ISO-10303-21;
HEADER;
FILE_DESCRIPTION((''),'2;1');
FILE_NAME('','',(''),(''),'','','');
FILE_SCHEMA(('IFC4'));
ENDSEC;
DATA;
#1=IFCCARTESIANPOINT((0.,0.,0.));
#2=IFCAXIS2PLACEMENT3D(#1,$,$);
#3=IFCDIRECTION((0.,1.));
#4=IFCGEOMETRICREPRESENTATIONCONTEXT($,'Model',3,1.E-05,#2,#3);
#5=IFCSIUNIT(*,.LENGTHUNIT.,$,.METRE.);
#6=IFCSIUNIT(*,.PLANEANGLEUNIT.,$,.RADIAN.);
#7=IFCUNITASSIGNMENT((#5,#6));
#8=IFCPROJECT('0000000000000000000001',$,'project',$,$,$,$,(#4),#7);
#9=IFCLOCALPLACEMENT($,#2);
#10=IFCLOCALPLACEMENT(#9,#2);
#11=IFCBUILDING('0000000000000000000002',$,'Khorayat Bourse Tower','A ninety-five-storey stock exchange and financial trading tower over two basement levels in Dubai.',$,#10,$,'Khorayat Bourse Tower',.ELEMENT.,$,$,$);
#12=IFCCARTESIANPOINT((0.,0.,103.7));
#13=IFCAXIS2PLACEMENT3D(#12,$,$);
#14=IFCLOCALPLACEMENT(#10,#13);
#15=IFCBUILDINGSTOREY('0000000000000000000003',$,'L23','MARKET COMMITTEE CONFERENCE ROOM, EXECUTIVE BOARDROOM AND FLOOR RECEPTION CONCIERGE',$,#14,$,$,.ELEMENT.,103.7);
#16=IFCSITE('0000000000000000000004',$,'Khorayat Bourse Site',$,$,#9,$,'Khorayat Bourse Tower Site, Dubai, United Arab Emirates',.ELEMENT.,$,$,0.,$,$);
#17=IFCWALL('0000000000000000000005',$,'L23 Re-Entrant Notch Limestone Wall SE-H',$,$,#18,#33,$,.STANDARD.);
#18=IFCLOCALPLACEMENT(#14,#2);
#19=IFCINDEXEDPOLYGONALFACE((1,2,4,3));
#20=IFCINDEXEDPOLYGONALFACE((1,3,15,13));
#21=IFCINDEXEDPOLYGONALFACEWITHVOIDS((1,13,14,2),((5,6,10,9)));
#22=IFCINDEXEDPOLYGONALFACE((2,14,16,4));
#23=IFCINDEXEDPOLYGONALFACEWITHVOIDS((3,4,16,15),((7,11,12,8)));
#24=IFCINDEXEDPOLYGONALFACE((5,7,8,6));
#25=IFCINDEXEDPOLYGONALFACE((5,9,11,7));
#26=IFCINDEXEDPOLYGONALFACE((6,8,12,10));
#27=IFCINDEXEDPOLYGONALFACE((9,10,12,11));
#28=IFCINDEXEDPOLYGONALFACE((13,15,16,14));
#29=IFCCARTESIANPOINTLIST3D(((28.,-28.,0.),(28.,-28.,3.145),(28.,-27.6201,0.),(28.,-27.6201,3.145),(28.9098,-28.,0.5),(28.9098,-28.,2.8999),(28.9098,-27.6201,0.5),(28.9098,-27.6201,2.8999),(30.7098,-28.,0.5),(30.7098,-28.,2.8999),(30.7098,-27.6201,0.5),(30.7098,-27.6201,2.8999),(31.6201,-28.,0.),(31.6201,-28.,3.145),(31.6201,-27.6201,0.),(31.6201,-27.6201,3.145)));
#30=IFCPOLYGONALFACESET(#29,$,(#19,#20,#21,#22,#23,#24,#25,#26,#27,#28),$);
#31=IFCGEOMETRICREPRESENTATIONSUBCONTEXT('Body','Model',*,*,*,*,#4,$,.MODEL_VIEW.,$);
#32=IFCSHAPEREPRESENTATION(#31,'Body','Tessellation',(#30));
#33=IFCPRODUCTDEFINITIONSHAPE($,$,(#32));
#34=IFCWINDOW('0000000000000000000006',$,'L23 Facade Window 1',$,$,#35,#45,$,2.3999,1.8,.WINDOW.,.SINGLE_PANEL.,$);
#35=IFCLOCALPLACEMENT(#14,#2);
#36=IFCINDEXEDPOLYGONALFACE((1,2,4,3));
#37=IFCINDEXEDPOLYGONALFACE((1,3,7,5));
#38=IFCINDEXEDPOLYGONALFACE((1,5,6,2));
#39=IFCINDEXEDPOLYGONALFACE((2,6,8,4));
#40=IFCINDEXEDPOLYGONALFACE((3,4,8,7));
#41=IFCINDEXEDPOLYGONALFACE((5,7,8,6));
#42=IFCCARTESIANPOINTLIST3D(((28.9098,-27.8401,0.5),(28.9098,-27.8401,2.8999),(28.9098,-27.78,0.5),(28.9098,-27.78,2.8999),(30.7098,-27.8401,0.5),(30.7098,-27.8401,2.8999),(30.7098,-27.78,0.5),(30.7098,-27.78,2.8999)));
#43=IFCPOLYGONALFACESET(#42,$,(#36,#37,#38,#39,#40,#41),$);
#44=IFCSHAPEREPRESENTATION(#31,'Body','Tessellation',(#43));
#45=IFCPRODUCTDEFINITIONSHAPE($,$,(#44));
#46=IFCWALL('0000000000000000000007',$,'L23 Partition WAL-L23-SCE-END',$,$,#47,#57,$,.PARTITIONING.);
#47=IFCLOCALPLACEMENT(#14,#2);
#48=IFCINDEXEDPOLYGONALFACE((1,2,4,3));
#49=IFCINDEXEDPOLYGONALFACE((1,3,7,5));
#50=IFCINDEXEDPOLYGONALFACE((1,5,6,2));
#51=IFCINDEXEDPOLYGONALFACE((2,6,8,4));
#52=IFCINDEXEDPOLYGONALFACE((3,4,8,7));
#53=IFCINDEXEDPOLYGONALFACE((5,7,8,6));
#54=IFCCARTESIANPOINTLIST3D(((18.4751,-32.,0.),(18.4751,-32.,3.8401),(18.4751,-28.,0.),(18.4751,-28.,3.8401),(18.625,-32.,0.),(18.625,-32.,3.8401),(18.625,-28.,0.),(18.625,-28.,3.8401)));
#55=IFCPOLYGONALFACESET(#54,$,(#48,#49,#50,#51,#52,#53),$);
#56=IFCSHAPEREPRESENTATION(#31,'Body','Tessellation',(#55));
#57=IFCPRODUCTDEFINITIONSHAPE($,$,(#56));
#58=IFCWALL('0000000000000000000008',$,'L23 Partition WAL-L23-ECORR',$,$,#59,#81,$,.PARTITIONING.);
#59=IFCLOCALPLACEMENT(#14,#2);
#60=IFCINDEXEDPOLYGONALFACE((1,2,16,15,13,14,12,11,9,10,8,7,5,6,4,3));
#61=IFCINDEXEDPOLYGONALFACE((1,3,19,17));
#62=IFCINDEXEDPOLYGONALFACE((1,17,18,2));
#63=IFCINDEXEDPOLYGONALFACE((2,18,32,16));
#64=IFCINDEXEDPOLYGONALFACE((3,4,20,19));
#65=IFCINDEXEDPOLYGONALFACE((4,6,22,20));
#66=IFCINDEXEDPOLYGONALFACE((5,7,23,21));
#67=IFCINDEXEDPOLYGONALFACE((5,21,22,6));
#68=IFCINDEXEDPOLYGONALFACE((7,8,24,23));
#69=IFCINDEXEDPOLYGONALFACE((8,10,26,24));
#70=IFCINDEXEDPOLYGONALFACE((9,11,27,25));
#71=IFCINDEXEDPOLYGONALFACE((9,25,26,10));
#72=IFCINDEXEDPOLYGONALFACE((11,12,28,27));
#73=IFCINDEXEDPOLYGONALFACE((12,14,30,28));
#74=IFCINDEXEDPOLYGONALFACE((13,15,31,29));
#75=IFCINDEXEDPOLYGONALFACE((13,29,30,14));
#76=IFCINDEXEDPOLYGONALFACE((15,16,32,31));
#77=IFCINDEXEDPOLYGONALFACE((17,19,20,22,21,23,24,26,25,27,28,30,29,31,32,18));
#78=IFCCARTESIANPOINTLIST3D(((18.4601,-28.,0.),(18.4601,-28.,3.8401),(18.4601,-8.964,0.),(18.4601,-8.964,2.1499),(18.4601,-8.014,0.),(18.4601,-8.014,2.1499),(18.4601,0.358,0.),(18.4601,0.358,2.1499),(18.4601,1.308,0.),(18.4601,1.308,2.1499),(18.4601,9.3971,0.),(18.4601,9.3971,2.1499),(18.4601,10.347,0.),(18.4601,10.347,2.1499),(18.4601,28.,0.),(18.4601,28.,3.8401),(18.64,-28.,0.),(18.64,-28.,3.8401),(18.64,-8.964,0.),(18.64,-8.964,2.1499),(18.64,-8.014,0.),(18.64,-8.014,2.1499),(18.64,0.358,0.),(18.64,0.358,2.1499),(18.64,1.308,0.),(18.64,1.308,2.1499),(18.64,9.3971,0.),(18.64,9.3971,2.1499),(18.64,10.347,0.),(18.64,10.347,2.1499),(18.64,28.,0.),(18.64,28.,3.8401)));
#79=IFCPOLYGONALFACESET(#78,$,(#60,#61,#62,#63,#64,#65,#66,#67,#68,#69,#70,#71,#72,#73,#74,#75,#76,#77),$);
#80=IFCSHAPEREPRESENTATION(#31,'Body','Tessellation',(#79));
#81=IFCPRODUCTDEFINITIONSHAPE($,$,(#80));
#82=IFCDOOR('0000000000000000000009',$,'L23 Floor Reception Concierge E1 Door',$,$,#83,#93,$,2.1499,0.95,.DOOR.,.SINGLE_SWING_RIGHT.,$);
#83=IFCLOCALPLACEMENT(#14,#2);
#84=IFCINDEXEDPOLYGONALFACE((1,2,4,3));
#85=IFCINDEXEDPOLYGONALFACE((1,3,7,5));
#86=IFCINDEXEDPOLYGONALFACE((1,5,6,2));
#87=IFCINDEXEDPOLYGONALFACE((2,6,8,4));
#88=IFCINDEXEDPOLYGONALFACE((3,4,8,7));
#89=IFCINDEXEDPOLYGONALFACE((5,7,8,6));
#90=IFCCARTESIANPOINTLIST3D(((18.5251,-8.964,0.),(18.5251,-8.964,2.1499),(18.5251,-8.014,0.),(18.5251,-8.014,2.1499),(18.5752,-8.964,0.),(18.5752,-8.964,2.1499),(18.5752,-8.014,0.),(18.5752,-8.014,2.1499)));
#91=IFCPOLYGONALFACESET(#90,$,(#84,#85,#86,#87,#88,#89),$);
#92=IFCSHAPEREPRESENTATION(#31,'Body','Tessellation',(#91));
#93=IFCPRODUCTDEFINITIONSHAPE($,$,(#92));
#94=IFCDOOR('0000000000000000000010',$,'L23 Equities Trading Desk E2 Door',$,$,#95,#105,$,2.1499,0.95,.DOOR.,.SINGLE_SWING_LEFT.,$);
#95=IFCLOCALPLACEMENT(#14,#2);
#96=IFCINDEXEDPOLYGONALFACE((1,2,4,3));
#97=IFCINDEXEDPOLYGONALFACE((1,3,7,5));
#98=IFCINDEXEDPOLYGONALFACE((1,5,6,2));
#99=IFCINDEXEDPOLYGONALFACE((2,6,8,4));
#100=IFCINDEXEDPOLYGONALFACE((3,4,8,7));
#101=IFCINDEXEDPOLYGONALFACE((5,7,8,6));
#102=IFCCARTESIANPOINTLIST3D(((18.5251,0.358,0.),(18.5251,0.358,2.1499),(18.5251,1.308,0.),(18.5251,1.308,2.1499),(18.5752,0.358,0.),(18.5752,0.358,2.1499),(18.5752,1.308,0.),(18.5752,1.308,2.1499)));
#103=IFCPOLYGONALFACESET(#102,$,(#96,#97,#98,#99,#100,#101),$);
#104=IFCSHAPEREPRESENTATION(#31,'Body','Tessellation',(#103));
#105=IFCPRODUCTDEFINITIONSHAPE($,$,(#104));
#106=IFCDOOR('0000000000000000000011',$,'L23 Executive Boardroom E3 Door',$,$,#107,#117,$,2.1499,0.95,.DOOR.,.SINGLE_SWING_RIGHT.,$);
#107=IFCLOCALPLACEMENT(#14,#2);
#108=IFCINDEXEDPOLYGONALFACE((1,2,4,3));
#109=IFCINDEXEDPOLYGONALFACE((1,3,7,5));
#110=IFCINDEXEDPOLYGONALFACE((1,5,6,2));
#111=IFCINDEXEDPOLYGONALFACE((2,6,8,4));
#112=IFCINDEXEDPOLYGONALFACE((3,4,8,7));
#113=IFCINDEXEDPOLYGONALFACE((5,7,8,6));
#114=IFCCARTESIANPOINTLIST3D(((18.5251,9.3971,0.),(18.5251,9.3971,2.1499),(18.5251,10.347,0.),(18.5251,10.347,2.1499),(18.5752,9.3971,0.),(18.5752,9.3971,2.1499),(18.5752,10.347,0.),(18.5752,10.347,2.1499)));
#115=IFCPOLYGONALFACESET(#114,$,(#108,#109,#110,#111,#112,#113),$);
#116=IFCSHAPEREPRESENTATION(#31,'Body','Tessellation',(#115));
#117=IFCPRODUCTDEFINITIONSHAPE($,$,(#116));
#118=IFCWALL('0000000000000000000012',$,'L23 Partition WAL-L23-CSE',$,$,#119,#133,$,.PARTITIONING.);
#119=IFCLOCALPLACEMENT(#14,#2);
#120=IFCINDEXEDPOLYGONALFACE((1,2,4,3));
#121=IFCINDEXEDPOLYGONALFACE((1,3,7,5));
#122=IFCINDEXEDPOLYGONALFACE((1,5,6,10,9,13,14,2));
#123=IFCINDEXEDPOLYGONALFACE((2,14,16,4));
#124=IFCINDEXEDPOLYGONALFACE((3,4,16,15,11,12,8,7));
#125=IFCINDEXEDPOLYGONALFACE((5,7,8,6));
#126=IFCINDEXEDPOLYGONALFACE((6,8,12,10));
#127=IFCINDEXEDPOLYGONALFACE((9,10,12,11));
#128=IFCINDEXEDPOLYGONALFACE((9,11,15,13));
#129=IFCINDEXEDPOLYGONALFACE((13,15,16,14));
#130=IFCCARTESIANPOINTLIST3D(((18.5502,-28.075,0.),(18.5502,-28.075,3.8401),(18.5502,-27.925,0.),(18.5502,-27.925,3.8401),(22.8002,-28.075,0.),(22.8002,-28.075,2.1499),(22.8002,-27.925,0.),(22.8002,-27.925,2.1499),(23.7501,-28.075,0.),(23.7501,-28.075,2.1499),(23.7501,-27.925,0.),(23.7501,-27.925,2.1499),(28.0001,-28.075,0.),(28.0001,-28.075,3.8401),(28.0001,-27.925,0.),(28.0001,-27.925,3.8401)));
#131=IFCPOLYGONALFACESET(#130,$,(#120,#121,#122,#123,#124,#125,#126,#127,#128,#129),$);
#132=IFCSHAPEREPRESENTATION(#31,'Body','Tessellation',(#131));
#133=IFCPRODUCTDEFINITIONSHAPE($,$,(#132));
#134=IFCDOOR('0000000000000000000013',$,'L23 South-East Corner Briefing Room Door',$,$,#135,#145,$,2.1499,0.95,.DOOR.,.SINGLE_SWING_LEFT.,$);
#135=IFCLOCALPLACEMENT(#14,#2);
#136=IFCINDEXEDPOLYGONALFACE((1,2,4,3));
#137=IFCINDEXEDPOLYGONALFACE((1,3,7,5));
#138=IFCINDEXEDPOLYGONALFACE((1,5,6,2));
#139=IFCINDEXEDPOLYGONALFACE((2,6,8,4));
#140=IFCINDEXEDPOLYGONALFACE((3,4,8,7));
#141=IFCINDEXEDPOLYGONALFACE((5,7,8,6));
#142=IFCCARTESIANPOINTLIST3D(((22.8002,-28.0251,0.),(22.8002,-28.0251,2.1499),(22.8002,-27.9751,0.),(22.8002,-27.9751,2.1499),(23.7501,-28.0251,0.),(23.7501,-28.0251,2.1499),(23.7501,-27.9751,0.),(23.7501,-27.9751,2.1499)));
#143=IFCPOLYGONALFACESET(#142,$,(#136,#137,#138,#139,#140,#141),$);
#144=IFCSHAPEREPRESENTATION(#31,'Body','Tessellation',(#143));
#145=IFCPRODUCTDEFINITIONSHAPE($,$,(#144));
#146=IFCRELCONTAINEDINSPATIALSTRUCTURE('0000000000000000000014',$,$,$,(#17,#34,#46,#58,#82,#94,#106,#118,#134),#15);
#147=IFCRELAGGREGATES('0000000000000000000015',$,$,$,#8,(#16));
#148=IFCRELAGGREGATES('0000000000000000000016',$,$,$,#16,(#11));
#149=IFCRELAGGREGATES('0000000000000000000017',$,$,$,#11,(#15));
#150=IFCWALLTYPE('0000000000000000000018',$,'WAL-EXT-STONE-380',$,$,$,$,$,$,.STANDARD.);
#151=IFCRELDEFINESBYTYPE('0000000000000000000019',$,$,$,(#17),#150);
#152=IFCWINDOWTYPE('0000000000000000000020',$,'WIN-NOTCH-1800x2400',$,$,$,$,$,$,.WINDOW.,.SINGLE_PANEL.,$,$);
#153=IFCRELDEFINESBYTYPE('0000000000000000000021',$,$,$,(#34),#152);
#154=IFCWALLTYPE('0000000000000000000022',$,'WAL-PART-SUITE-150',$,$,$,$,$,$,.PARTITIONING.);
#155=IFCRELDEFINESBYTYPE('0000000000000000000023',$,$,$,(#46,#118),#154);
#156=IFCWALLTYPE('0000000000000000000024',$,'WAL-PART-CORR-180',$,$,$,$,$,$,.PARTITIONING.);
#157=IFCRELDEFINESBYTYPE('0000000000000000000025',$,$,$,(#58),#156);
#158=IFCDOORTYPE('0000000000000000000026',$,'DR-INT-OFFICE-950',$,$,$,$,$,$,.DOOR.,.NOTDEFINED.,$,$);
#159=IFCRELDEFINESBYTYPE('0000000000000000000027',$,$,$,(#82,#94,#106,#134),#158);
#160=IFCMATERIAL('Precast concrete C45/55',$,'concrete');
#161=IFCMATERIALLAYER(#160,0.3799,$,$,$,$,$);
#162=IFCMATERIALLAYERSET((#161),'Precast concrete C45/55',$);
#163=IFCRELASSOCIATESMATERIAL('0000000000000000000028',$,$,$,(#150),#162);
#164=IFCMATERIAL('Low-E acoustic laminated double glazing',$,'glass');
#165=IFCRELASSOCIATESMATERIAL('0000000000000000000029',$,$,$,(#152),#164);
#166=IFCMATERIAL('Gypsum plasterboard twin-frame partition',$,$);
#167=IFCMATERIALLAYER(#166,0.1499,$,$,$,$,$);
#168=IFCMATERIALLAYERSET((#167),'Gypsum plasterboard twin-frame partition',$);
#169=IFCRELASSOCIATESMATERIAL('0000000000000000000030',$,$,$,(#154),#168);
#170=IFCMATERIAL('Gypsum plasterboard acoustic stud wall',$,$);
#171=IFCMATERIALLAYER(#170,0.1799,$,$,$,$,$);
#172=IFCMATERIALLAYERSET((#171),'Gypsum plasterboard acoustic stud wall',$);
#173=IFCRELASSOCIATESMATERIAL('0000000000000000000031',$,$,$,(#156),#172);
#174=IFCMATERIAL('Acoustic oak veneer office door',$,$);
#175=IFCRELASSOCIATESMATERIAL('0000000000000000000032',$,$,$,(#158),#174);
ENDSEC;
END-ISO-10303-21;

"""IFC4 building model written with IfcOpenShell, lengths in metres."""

from ifc_helpers import new_model, si_unit, direction, frame, frame_2d, origin, place, context, subcontext, project, spatial, rectangle, extrude, source, transform, mapped, material, layer, layer_set, type_object, element, fill, save


model = new_model("IFC4")

# Units and contexts
model_context = context("Model", 3, precision=1e-05, world=origin(), true_north=direction((0.0, 1.0)))
body_context = subcontext(model_context, "Body", "Model", "MODEL_VIEW")
ifc_project = project(units=[si_unit("LENGTHUNIT", "METRE"), si_unit("PLANEANGLEUNIT", "RADIAN")], contexts=[model_context])

# Site, building, storey
site_placement = place(None, origin())
site = spatial("IfcSite", under=ifc_project, at=site_placement, Name="Khorayat Bourse Site", LongName="Khorayat Bourse Tower Site, Dubai, United Arab Emirates", CompositionType="ELEMENT", RefElevation=0.0)
building_placement = place(site_placement, origin())
building = spatial("IfcBuilding", under=site, at=building_placement, Name="Khorayat Bourse Tower", Description="A ninety-five-storey stock exchange and financial trading tower over two basement levels in Dubai.", LongName="Khorayat Bourse Tower", CompositionType="ELEMENT")
storey_placement = place(building_placement, frame((0.0, 0.0, 103.7)))
storey = spatial("IfcBuildingStorey", under=building, at=storey_placement, Name="L23", Description="MARKET COMMITTEE CONFERENCE ROOM, EXECUTIVE BOARDROOM AND FLOOR RECEPTION CONCIERGE", CompositionType="ELEMENT", Elevation=103.7)

# Wall, opening, window
ifc_material_1 = material(Name="Precast concrete C45/55", Category="concrete")
ifc_layer_1 = layer(ifc_material_1, 0.3799)
ifc_layer_set_1 = layer_set([ifc_layer_1], Name="Precast concrete C45/55")
wall_type_1 = type_object("IfcWallType", Name="WAL-EXT-STONE-380", PredefinedType="STANDARD", material=ifc_layer_set_1)
shared_shape_1 = source(origin(), body_context, "Body", "SweptSolid", [
    extrude(rectangle(XDim=3.6201, YDim=0.3799, at=frame_2d((1.8101, 0.0))), origin(), (0.0, 0.0, 1.0), 3.145),
])
shared_shape_2 = source(origin(), body_context, "Body", "SweptSolid", [
    extrude(rectangle(XDim=1.8, YDim=2.3999, at=frame_2d((0.8999, 1.2))), frame((0.0, 0.2, 0.0), z_axis=(0.0, -1.0, 0.0), x_axis=(1.0, 0.0, 0.0)), (0.0, 0.0, 1.0), 0.3999),
])
ifc_material_2 = material(Name="Low-E acoustic laminated double glazing", Category="glass")
window_type = type_object("IfcWindowType", Name="WIN-NOTCH-1800x2400", PartitioningType="SINGLE_PANEL", PredefinedType="WINDOW", material=ifc_material_2)
shared_shape_3 = source(origin(), body_context, "Body", "SweptSolid", [
    extrude(rectangle(XDim=1.8, YDim=2.3999, at=frame_2d((0.8999, 1.2))), frame((0.0, 0.03, 0.0), z_axis=(0.0, -1.0, 0.0), x_axis=(1.0, 0.0, 0.0)), (0.0, 0.0, 1.0), 0.0601),
])
wall_1_placement = place(storey_placement, frame((28.0, -27.8101, 0.0), z_axis=(0.0, 0.0, 1.0), x_axis=(1.0, 0.0, 0.0)))
wall_1 = element("IfcWall", 1, at=wall_1_placement, inside=storey, type_object=wall_type_1, Name="L23 Re-Entrant Notch Limestone Wall SE-H", PredefinedType="STANDARD", context=body_context, shape_type="MappedRepresentation", body=[
    mapped(shared_shape_1, transform((0.0, 0.0, 0.0), scale=1.0)),
])
opening_1_placement = place(wall_1_placement, frame((0.9099, 0.0, 0.5)))
opening_1 = element("IfcOpeningElement", 2, at=opening_1_placement, cuts=wall_1, PredefinedType="OPENING", context=body_context, shape_type="MappedRepresentation", body=[
    mapped(shared_shape_2, transform((0.0, 0.0, 0.0), scale=1.0)),
])
window_1_placement = place(opening_1_placement, origin())
window_1 = element("IfcWindow", 3, at=window_1_placement, inside=storey, type_object=window_type, Name="L23 Facade Window 1", OverallHeight=2.3999, OverallWidth=1.8, PartitioningType="SINGLE_PANEL", PredefinedType="WINDOW", context=body_context, shape_type="MappedRepresentation", body=[
    mapped(shared_shape_3, transform((0.0, 0.0, 0.0), scale=1.0)),
])
fill(opening_1, window_1)

# Wall
ifc_material_3 = material(Name="Gypsum plasterboard twin-frame partition")
ifc_layer_2 = layer(ifc_material_3, 0.1499)
ifc_layer_set_2 = layer_set([ifc_layer_2], Name="Gypsum plasterboard twin-frame partition")
wall_type_2 = type_object("IfcWallType", Name="WAL-PART-SUITE-150", PredefinedType="PARTITIONING", material=ifc_layer_set_2)
shared_shape_4 = source(origin(), body_context, "Body", "SweptSolid", [
    extrude(rectangle(XDim=4.0, YDim=0.1499, at=frame_2d((2.0, 0.0))), origin(), (0.0, 0.0, 1.0), 3.8401),
])
wall_2_placement = place(storey_placement, frame((18.55, -32.0, 0.0), z_axis=(0.0, 0.0, 1.0), x_axis=(0.0, 1.0, 0.0)))
element("IfcWall", 4, at=wall_2_placement, inside=storey, type_object=wall_type_2, Name="L23 Partition WAL-L23-SCE-END", PredefinedType="PARTITIONING", context=body_context, shape_type="MappedRepresentation", body=[
    mapped(shared_shape_4, transform((0.0, 0.0, 0.0), scale=1.0)),
])

# Wall, openings, doors
ifc_material_4 = material(Name="Gypsum plasterboard acoustic stud wall")
ifc_layer_3 = layer(ifc_material_4, 0.1799)
ifc_layer_set_3 = layer_set([ifc_layer_3], Name="Gypsum plasterboard acoustic stud wall")
wall_type_3 = type_object("IfcWallType", Name="WAL-PART-CORR-180", PredefinedType="PARTITIONING", material=ifc_layer_set_3)
shared_shape_5 = source(origin(), body_context, "Body", "SweptSolid", [
    extrude(rectangle(XDim=56.0, YDim=0.1799, at=frame_2d((28.0, 0.0))), origin(), (0.0, 0.0, 1.0), 3.8401),
])
wall_3_placement = place(storey_placement, frame((18.55, -28.0, 0.0), z_axis=(0.0, 0.0, 1.0), x_axis=(0.0, 1.0, 0.0)))
wall_3 = element("IfcWall", 5, at=wall_3_placement, inside=storey, type_object=wall_type_3, Name="L23 Partition WAL-L23-ECORR", PredefinedType="PARTITIONING", context=body_context, shape_type="MappedRepresentation", body=[
    mapped(shared_shape_5, transform((0.0, 0.0, 0.0), scale=1.0)),
])
shared_shape_6 = source(origin(), body_context, "Body", "SweptSolid", [
    extrude(rectangle(XDim=0.95, YDim=2.1499, at=frame_2d((0.4751, 1.075))), frame((0.0, 0.0999, 0.0), z_axis=(0.0, -1.0, 0.0), x_axis=(1.0, 0.0, 0.0)), (0.0, 0.0, 1.0), 0.2),
])
opening_2_placement = place(wall_3_placement, frame((19.0359, 0.0, 0.0)))
opening_2 = element("IfcOpeningElement", 6, at=opening_2_placement, cuts=wall_3, PredefinedType="OPENING", context=body_context, shape_type="MappedRepresentation", body=[
    mapped(shared_shape_6, transform((0.0, 0.0, 0.0), scale=1.0)),
])
opening_3_placement = place(wall_3_placement, frame((28.3579, 0.0, 0.0)))
opening_3 = element("IfcOpeningElement", 7, at=opening_3_placement, cuts=wall_3, PredefinedType="OPENING", context=body_context, shape_type="MappedRepresentation", body=[
    mapped(shared_shape_6, transform((0.0, 0.0, 0.0), scale=1.0)),
])
opening_4_placement = place(wall_3_placement, frame((37.397, 0.0, 0.0)))
opening_4 = element("IfcOpeningElement", 8, at=opening_4_placement, cuts=wall_3, PredefinedType="OPENING", context=body_context, shape_type="MappedRepresentation", body=[
    mapped(shared_shape_6, transform((0.0, 0.0, 0.0), scale=1.0)),
])
ifc_material_5 = material(Name="Acoustic oak veneer office door")
door_type = type_object("IfcDoorType", Name="DR-INT-OFFICE-950", OperationType="NOTDEFINED", PredefinedType="DOOR", material=ifc_material_5)
shared_shape_7 = source(origin(), body_context, "Body", "SweptSolid", [
    extrude(rectangle(XDim=0.95, YDim=2.1499, at=frame_2d((0.4751, 1.075))), frame((0.0, 0.0249, 0.0), z_axis=(0.0, -1.0, 0.0), x_axis=(1.0, 0.0, 0.0)), (0.0, 0.0, 1.0), 0.05),
])
door_1_placement = place(opening_2_placement, origin())
door_1 = element("IfcDoor", 9, at=door_1_placement, inside=storey, type_object=door_type, Name="L23 Floor Reception Concierge E1 Door", OperationType="SINGLE_SWING_RIGHT", OverallHeight=2.1499, OverallWidth=0.95, PredefinedType="DOOR", context=body_context, shape_type="MappedRepresentation", body=[
    mapped(shared_shape_7, transform((0.0, 0.0, 0.0), scale=1.0)),
])
fill(opening_2, door_1)
door_2_placement = place(opening_3_placement, origin())
door_2 = element("IfcDoor", 10, at=door_2_placement, inside=storey, type_object=door_type, Name="L23 Equities Trading Desk E2 Door", OperationType="SINGLE_SWING_LEFT", OverallHeight=2.1499, OverallWidth=0.95, PredefinedType="DOOR", context=body_context, shape_type="MappedRepresentation", body=[
    mapped(shared_shape_7, transform((0.0, 0.0, 0.0), scale=1.0)),
])
fill(opening_3, door_2)
door_3_placement = place(opening_4_placement, origin())
door_3 = element("IfcDoor", 11, at=door_3_placement, inside=storey, type_object=door_type, Name="L23 Executive Boardroom E3 Door", OperationType="SINGLE_SWING_RIGHT", OverallHeight=2.1499, OverallWidth=0.95, PredefinedType="DOOR", context=body_context, shape_type="MappedRepresentation", body=[
    mapped(shared_shape_7, transform((0.0, 0.0, 0.0), scale=1.0)),
])
fill(opening_4, door_3)

# Wall, opening, door
shared_shape_8 = source(origin(), body_context, "Body", "SweptSolid", [
    extrude(rectangle(XDim=9.45, YDim=0.1499, at=frame_2d((4.7251, 0.0))), origin(), (0.0, 0.0, 1.0), 3.8401),
])
wall_4_placement = place(storey_placement, frame((18.55, -28.0, 0.0), z_axis=(0.0, 0.0, 1.0), x_axis=(1.0, 0.0, 0.0)))
wall_4 = element("IfcWall", 12, at=wall_4_placement, inside=storey, type_object=wall_type_2, Name="L23 Partition WAL-L23-CSE", PredefinedType="PARTITIONING", context=body_context, shape_type="MappedRepresentation", body=[
    mapped(shared_shape_8, transform((0.0, 0.0, 0.0), scale=1.0)),
])
shared_shape_9 = source(origin(), body_context, "Body", "SweptSolid", [
    extrude(rectangle(XDim=0.95, YDim=2.1499, at=frame_2d((0.4751, 1.075))), frame((0.0, 0.085, 0.0), z_axis=(0.0, -1.0, 0.0), x_axis=(1.0, 0.0, 0.0)), (0.0, 0.0, 1.0), 0.1699),
])
opening_5_placement = place(wall_4_placement, frame((4.25, 0.0, 0.0)))
opening_5 = element("IfcOpeningElement", 13, at=opening_5_placement, cuts=wall_4, PredefinedType="OPENING", context=body_context, shape_type="MappedRepresentation", body=[
    mapped(shared_shape_9, transform((0.0, 0.0, 0.0), scale=1.0)),
])
door_4_placement = place(opening_5_placement, origin())
door_4 = element("IfcDoor", 14, at=door_4_placement, inside=storey, type_object=door_type, Name="L23 South-East Corner Briefing Room Door", OperationType="SINGLE_SWING_LEFT", OverallHeight=2.1499, OverallWidth=0.95, PredefinedType="DOOR", context=body_context, shape_type="MappedRepresentation", body=[
    mapped(shared_shape_7, transform((0.0, 0.0, 0.0), scale=1.0)),
])
fill(opening_5, door_4)

save(model, "model.ifc")
